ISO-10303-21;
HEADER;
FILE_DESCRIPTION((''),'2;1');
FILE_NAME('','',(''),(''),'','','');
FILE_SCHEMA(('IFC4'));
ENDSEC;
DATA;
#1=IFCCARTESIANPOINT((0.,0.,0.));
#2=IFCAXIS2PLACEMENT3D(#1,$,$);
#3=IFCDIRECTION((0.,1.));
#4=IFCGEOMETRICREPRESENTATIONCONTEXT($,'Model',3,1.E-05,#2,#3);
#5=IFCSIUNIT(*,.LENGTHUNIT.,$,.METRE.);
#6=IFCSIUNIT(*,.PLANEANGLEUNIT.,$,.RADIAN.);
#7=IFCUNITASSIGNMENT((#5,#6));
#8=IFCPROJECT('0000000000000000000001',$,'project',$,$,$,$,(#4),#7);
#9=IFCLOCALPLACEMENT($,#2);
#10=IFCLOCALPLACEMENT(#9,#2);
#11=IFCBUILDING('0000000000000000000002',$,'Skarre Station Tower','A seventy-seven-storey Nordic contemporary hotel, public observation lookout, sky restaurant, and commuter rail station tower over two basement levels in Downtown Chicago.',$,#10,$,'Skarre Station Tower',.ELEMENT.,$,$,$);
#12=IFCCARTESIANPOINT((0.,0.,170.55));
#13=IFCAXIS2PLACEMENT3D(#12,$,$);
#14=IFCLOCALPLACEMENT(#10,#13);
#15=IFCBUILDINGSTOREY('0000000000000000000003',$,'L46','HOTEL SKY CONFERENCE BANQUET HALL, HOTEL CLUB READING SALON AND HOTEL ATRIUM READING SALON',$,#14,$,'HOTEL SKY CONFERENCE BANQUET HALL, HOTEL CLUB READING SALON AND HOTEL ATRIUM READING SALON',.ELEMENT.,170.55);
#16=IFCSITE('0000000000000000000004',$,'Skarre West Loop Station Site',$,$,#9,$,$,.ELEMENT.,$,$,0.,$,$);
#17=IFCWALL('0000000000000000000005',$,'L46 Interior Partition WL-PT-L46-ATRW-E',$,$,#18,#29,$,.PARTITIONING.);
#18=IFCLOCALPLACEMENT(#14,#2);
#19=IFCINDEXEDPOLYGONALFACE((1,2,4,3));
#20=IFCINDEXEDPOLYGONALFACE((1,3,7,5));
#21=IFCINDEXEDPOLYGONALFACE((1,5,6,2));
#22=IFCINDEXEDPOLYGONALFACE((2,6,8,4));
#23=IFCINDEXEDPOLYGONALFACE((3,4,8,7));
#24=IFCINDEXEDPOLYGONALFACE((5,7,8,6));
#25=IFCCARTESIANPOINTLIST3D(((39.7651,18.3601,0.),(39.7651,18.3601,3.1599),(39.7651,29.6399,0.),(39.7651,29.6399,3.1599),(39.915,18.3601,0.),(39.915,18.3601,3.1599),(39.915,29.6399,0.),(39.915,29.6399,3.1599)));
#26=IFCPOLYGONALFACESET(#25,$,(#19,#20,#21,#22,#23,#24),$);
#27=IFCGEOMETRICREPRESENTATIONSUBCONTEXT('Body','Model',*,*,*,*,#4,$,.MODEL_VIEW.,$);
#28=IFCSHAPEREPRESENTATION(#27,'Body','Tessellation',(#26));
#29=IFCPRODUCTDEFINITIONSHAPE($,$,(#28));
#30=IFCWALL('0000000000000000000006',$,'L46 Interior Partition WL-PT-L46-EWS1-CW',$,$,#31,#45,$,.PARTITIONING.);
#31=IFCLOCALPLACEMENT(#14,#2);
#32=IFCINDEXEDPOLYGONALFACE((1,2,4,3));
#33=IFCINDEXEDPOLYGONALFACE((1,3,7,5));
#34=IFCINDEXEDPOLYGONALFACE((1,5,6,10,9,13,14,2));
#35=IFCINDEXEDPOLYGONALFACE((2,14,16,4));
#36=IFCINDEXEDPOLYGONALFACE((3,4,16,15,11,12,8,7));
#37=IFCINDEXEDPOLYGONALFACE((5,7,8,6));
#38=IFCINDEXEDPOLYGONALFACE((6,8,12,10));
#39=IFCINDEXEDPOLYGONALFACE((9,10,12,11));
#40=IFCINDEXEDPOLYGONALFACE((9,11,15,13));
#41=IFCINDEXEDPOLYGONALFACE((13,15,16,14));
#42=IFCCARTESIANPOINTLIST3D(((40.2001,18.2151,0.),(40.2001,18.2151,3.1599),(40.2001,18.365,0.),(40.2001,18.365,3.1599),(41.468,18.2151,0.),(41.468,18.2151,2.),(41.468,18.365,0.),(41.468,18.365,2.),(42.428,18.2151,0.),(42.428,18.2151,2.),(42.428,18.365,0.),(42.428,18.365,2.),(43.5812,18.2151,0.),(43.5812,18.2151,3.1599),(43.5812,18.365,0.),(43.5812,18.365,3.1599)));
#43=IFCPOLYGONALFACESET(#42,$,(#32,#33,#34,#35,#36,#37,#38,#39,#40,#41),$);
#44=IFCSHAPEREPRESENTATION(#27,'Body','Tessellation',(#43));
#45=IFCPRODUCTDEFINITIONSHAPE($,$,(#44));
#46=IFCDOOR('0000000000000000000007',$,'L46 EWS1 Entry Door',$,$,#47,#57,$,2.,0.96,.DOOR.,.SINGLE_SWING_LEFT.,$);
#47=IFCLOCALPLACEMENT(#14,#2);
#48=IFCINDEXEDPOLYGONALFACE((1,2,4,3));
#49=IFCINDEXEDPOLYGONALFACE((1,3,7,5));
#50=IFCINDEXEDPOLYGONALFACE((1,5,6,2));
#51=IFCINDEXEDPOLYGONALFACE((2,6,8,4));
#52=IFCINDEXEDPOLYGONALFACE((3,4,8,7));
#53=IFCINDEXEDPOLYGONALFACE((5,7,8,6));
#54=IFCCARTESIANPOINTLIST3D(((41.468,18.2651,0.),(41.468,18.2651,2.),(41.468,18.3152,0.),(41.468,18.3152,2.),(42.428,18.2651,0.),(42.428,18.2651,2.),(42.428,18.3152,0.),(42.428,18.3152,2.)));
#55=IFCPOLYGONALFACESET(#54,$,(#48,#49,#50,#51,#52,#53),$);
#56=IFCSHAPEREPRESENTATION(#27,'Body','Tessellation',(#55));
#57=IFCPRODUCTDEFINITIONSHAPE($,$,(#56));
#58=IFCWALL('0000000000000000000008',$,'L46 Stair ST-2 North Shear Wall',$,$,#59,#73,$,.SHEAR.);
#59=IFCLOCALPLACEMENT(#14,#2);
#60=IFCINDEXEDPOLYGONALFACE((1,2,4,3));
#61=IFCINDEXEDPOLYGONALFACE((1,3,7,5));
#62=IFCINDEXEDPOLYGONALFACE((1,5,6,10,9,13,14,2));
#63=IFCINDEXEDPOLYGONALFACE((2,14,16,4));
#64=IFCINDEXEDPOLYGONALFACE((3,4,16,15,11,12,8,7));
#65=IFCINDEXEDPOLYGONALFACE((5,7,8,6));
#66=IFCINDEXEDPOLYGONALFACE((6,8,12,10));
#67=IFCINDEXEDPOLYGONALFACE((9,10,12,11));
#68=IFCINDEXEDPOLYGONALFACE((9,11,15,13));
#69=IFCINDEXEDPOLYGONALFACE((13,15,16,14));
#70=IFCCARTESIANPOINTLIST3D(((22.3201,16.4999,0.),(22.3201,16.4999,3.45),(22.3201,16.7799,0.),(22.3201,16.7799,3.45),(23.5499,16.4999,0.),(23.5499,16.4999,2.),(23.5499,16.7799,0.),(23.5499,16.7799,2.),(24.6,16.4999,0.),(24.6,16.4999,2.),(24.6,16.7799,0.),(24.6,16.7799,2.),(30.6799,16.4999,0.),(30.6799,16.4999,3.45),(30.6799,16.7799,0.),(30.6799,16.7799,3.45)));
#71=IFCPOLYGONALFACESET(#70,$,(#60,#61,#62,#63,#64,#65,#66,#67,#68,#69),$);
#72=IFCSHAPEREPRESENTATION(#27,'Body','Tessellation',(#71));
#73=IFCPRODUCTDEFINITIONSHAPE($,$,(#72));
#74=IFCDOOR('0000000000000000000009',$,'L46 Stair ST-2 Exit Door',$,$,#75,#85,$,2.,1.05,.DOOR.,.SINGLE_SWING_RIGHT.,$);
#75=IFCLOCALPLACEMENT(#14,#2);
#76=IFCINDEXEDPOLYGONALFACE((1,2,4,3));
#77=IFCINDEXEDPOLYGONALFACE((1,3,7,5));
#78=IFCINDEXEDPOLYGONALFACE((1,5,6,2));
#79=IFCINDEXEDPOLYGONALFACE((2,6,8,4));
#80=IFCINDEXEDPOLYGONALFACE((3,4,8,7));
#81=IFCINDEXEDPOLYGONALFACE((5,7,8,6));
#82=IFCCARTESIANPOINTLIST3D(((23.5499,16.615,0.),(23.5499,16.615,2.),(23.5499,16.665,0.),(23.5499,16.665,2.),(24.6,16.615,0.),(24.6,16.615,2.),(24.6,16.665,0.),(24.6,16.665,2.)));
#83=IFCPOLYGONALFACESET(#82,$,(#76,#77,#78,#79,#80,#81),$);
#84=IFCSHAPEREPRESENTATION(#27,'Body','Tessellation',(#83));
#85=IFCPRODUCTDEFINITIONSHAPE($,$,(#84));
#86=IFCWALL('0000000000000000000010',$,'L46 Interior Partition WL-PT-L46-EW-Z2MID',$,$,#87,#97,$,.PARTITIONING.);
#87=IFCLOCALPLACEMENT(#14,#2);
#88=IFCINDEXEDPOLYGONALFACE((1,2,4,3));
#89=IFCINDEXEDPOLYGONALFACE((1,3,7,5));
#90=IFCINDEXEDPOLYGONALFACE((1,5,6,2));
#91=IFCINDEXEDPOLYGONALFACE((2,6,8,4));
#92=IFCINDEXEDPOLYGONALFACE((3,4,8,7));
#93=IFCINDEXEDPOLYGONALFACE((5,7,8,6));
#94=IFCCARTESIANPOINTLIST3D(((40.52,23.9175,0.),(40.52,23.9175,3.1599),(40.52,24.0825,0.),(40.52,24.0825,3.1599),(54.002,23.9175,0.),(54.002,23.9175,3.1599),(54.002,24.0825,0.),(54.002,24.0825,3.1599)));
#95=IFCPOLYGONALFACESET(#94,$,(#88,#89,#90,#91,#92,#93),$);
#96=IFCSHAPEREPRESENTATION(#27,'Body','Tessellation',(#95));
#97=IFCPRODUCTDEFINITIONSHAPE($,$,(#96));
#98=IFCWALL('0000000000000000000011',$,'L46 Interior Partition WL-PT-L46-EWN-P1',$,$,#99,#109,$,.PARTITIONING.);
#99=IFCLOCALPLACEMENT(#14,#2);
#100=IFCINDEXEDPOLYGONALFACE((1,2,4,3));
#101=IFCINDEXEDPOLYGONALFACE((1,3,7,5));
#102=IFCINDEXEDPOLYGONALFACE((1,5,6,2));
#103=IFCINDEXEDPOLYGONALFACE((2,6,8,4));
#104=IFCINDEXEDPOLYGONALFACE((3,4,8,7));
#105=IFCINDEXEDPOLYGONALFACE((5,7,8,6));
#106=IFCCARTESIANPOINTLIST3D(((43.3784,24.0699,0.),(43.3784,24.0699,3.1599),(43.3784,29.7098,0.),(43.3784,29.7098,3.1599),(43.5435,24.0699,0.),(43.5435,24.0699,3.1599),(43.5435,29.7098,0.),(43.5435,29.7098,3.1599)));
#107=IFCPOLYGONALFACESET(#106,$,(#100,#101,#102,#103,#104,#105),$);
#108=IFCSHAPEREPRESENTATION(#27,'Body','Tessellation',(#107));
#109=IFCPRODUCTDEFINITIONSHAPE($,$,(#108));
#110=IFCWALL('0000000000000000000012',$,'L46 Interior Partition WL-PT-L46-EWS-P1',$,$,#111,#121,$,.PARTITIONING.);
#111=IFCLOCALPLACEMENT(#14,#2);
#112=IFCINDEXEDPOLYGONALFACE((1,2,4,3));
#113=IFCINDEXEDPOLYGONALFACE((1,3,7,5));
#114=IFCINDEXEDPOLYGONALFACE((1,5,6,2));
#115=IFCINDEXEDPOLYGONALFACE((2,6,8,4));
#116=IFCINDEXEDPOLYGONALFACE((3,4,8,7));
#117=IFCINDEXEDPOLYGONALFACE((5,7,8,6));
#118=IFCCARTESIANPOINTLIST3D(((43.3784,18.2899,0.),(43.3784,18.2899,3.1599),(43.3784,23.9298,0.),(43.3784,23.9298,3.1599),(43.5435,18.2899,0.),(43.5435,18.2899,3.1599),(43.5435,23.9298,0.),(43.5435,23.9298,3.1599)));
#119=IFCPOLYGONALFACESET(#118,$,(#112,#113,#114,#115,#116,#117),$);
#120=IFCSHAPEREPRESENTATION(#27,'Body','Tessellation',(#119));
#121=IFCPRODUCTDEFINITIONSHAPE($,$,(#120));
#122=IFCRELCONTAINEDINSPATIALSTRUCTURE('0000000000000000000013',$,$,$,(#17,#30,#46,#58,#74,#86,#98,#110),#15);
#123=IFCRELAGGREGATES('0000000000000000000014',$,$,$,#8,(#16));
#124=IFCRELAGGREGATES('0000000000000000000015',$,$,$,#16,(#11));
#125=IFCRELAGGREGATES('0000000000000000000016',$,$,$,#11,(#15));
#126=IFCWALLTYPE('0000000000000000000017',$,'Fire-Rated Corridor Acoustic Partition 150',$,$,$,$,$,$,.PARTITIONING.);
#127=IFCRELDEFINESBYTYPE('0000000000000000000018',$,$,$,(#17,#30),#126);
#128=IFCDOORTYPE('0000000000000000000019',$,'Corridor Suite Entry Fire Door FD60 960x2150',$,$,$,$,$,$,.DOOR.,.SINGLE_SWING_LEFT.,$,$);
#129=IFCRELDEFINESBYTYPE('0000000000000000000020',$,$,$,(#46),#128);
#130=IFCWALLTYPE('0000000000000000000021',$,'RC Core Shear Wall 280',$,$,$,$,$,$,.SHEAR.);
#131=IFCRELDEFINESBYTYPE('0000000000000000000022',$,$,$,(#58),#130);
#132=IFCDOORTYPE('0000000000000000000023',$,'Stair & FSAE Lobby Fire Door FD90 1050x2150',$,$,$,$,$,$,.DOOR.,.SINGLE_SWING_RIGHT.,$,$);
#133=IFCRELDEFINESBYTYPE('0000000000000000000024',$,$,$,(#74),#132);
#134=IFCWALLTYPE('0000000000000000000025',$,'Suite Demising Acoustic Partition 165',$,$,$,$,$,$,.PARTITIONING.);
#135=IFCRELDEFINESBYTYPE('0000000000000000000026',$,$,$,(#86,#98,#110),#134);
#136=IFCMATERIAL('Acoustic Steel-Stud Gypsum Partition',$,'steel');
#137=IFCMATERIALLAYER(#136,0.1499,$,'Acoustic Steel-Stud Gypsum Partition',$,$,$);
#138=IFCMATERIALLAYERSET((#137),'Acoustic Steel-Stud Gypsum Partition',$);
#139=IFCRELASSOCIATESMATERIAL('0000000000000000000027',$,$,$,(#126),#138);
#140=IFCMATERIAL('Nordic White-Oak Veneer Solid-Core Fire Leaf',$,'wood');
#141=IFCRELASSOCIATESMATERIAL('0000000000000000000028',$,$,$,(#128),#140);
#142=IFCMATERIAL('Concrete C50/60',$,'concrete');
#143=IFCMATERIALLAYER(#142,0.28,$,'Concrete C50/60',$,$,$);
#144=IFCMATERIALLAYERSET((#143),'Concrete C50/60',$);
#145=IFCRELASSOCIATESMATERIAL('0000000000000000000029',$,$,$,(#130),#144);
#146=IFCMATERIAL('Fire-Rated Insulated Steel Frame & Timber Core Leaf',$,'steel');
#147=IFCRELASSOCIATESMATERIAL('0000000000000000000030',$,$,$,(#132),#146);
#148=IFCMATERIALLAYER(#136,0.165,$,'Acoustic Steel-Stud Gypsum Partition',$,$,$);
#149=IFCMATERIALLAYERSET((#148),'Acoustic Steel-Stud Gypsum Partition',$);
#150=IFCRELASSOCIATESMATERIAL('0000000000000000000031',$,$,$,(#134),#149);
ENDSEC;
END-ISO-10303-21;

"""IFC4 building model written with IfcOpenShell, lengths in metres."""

from ifc_helpers import new_model, si_unit, direction, frame, frame_2d, origin, place, context, subcontext, project, spatial, rectangle, extrude, material, layer, layer_set, type_object, element, fill, save


model = new_model("IFC4")

# Units and contexts
model_context = context("Model", 3, precision=1e-05, world=origin(), true_north=direction((0.0, 1.0)))
body_context = subcontext(model_context, "Body", "Model", "MODEL_VIEW")
ifc_project = project(units=[si_unit("LENGTHUNIT", "METRE"), si_unit("PLANEANGLEUNIT", "RADIAN")], contexts=[model_context])

# Site, building, storey
site_placement = place(None, origin())
site = spatial("IfcSite", under=ifc_project, at=site_placement, Name="Skarre West Loop Station Site", CompositionType="ELEMENT", RefElevation=0.0)
building_placement = place(site_placement, origin())
building = spatial("IfcBuilding", under=site, at=building_placement, Name="Skarre Station Tower", Description="A seventy-seven-storey Nordic contemporary hotel, public observation lookout, sky restaurant, and commuter rail station tower over two basement levels in Downtown Chicago.", LongName="Skarre Station Tower", CompositionType="ELEMENT")
storey_placement = place(building_placement, frame((0.0, 0.0, 170.55)))
storey = spatial("IfcBuildingStorey", under=building, at=storey_placement, Name="L46", Description="HOTEL SKY CONFERENCE BANQUET HALL, HOTEL CLUB READING SALON AND HOTEL ATRIUM READING SALON", LongName="HOTEL SKY CONFERENCE BANQUET HALL, HOTEL CLUB READING SALON AND HOTEL ATRIUM READING SALON", CompositionType="ELEMENT", Elevation=170.55)

# Wall
ifc_material_1 = material(Name="Acoustic Steel-Stud Gypsum Partition", Category="steel")
ifc_layer_1 = layer(ifc_material_1, 0.1499, Name="Acoustic Steel-Stud Gypsum Partition")
ifc_layer_set_1 = layer_set([ifc_layer_1], Name="Acoustic Steel-Stud Gypsum Partition")
wall_type_1 = type_object("IfcWallType", Name="Fire-Rated Corridor Acoustic Partition 150", PredefinedType="PARTITIONING", material=ifc_layer_set_1)
wall_1_placement = place(storey_placement, frame((39.8401, 18.3601, 0.0), z_axis=(0.0, 0.0, 1.0), x_axis=(0.0, 1.0, 0.0)))
element("IfcWall", 1, at=wall_1_placement, inside=storey, type_object=wall_type_1, Name="L46 Interior Partition WL-PT-L46-ATRW-E", PredefinedType="PARTITIONING", context=body_context, shape_type="SweptSolid", body=[
    extrude(rectangle(XDim=11.2798, YDim=0.1499, at=frame_2d((5.6399, 0.0))), origin(), (0.0, 0.0, 1.0), 3.1599),
])

# Walls, openings, doors
wall_2_placement = place(storey_placement, frame((43.5811, 18.29, 0.0), z_axis=(0.0, 0.0, 1.0), x_axis=(-1.0, 0.0, 0.0)))
wall_2 = element("IfcWall", 2, at=wall_2_placement, inside=storey, type_object=wall_type_1, Name="L46 Interior Partition WL-PT-L46-EWS1-CW", PredefinedType="PARTITIONING", context=body_context, shape_type="SweptSolid", body=[
    extrude(rectangle(XDim=3.3811, YDim=0.1499, at=frame_2d((1.6904, 0.0))), origin(), (0.0, 0.0, 1.0), 3.1599),
])
opening_1_placement = place(wall_2_placement, frame((1.1531, 0.0, 0.0)))
opening_1 = element("IfcOpeningElement", 3, at=opening_1_placement, cuts=wall_2, PredefinedType="OPENING", context=body_context, shape_type="SweptSolid", body=[
    extrude(rectangle(XDim=0.96, YDim=2.0, at=frame_2d((0.48, 1.0))), frame((0.0, 0.085, 0.0), z_axis=(0.0, -1.0, 0.0), x_axis=(1.0, 0.0, 0.0)), (0.0, 0.0, 1.0), 0.1699),
])
ifc_material_2 = material(Name="Nordic White-Oak Veneer Solid-Core Fire Leaf", Category="wood")
door_type_1 = type_object("IfcDoorType", Name="Corridor Suite Entry Fire Door FD60 960x2150", OperationType="SINGLE_SWING_LEFT", PredefinedType="DOOR", material=ifc_material_2)
door_1_placement = place(opening_1_placement, origin())
door_1 = element("IfcDoor", 4, at=door_1_placement, inside=storey, type_object=door_type_1, Name="L46 EWS1 Entry Door", OperationType="SINGLE_SWING_LEFT", OverallHeight=2.0, OverallWidth=0.96, PredefinedType="DOOR", context=body_context, shape_type="SweptSolid", body=[
    extrude(rectangle(XDim=0.96, YDim=2.0, at=frame_2d((0.48, 1.0))), frame((0.0, 0.0249, 0.0), z_axis=(0.0, -1.0, 0.0), x_axis=(1.0, 0.0, 0.0)), (0.0, 0.0, 1.0), 0.05),
])
fill(opening_1, door_1)
ifc_material_3 = material(Name="Concrete C50/60", Category="concrete")
ifc_layer_2 = layer(ifc_material_3, 0.28, Name="Concrete C50/60")
ifc_layer_set_2 = layer_set([ifc_layer_2], Name="Concrete C50/60")
wall_type_2 = type_object("IfcWallType", Name="RC Core Shear Wall 280", PredefinedType="SHEAR", material=ifc_layer_set_2)
wall_3_placement = place(storey_placement, frame((30.6799, 16.6399, 0.0), z_axis=(0.0, 0.0, 1.0), x_axis=(-1.0, 0.0, 0.0)))
wall_3 = element("IfcWall", 5, at=wall_3_placement, inside=storey, type_object=wall_type_2, Name="L46 Stair ST-2 North Shear Wall", PredefinedType="SHEAR", context=body_context, shape_type="SweptSolid", body=[
    extrude(rectangle(XDim=8.3599, YDim=0.28, at=frame_2d((4.1799, 0.0))), origin(), (0.0, 0.0, 1.0), 3.45),
])
opening_2_placement = place(wall_3_placement, frame((6.0801, 0.0, 0.0)))
opening_2 = element("IfcOpeningElement", 6, at=opening_2_placement, cuts=wall_3, PredefinedType="OPENING", context=body_context, shape_type="SweptSolid", body=[
    extrude(rectangle(XDim=1.05, YDim=2.0, at=frame_2d((0.5249, 1.0))), frame((0.0, 0.1499, 0.0), z_axis=(0.0, -1.0, 0.0), x_axis=(1.0, 0.0, 0.0)), (0.0, 0.0, 1.0), 0.3),
])
ifc_material_4 = material(Name="Fire-Rated Insulated Steel Frame & Timber Core Leaf", Category="steel")
door_type_2 = type_object("IfcDoorType", Name="Stair & FSAE Lobby Fire Door FD90 1050x2150", OperationType="SINGLE_SWING_RIGHT", PredefinedType="DOOR", material=ifc_material_4)
door_2_placement = place(opening_2_placement, origin())
door_2 = element("IfcDoor", 7, at=door_2_placement, inside=storey, type_object=door_type_2, Name="L46 Stair ST-2 Exit Door", OperationType="SINGLE_SWING_RIGHT", OverallHeight=2.0, OverallWidth=1.05, PredefinedType="DOOR", context=body_context, shape_type="SweptSolid", body=[
    extrude(rectangle(XDim=1.05, YDim=2.0, at=frame_2d((0.5249, 1.0))), frame((0.0, 0.0249, 0.0), z_axis=(0.0, -1.0, 0.0), x_axis=(1.0, 0.0, 0.0)), (0.0, 0.0, 1.0), 0.05),
])
fill(opening_2, door_2)

# Walls
ifc_layer_3 = layer(ifc_material_1, 0.165, Name="Acoustic Steel-Stud Gypsum Partition")
ifc_layer_set_3 = layer_set([ifc_layer_3], Name="Acoustic Steel-Stud Gypsum Partition")
wall_type_3 = type_object("IfcWallType", Name="Suite Demising Acoustic Partition 165", PredefinedType="PARTITIONING", material=ifc_layer_set_3)
wall_4_placement = place(storey_placement, frame((40.52, 24.0, 0.0), z_axis=(0.0, 0.0, 1.0), x_axis=(1.0, 0.0, 0.0)))
element("IfcWall", 8, at=wall_4_placement, inside=storey, type_object=wall_type_3, Name="L46 Interior Partition WL-PT-L46-EW-Z2MID", PredefinedType="PARTITIONING", context=body_context, shape_type="SweptSolid", body=[
    extrude(rectangle(XDim=13.4819, YDim=0.165, at=frame_2d((6.741, 0.0))), origin(), (0.0, 0.0, 1.0), 3.1599),
])
for number, where, z_axis, x_axis, name in (
    (9, (43.4609, 24.0701, 0.0), (0.0, 0.0, 1.0), (0.0, 1.0, 0.0), "L46 Interior Partition WL-PT-L46-EWN-P1"),
    (10, (43.4609, 18.29, 0.0), (0.0, 0.0, 1.0), (0.0, 1.0, 0.0), "L46 Interior Partition WL-PT-L46-EWS-P1"),
):
    element("IfcWall", number, at=place(storey_placement, frame(where, z_axis=z_axis, x_axis=x_axis)), inside=storey, type_object=wall_type_3, Name=name, PredefinedType="PARTITIONING", context=body_context, shape_type="SweptSolid", body=[
        extrude(rectangle(XDim=5.6399, YDim=0.165, at=frame_2d((2.8198, 0.0))), origin(), (0.0, 0.0, 1.0), 3.1599),
    ])

save(model, "model.ifc")
